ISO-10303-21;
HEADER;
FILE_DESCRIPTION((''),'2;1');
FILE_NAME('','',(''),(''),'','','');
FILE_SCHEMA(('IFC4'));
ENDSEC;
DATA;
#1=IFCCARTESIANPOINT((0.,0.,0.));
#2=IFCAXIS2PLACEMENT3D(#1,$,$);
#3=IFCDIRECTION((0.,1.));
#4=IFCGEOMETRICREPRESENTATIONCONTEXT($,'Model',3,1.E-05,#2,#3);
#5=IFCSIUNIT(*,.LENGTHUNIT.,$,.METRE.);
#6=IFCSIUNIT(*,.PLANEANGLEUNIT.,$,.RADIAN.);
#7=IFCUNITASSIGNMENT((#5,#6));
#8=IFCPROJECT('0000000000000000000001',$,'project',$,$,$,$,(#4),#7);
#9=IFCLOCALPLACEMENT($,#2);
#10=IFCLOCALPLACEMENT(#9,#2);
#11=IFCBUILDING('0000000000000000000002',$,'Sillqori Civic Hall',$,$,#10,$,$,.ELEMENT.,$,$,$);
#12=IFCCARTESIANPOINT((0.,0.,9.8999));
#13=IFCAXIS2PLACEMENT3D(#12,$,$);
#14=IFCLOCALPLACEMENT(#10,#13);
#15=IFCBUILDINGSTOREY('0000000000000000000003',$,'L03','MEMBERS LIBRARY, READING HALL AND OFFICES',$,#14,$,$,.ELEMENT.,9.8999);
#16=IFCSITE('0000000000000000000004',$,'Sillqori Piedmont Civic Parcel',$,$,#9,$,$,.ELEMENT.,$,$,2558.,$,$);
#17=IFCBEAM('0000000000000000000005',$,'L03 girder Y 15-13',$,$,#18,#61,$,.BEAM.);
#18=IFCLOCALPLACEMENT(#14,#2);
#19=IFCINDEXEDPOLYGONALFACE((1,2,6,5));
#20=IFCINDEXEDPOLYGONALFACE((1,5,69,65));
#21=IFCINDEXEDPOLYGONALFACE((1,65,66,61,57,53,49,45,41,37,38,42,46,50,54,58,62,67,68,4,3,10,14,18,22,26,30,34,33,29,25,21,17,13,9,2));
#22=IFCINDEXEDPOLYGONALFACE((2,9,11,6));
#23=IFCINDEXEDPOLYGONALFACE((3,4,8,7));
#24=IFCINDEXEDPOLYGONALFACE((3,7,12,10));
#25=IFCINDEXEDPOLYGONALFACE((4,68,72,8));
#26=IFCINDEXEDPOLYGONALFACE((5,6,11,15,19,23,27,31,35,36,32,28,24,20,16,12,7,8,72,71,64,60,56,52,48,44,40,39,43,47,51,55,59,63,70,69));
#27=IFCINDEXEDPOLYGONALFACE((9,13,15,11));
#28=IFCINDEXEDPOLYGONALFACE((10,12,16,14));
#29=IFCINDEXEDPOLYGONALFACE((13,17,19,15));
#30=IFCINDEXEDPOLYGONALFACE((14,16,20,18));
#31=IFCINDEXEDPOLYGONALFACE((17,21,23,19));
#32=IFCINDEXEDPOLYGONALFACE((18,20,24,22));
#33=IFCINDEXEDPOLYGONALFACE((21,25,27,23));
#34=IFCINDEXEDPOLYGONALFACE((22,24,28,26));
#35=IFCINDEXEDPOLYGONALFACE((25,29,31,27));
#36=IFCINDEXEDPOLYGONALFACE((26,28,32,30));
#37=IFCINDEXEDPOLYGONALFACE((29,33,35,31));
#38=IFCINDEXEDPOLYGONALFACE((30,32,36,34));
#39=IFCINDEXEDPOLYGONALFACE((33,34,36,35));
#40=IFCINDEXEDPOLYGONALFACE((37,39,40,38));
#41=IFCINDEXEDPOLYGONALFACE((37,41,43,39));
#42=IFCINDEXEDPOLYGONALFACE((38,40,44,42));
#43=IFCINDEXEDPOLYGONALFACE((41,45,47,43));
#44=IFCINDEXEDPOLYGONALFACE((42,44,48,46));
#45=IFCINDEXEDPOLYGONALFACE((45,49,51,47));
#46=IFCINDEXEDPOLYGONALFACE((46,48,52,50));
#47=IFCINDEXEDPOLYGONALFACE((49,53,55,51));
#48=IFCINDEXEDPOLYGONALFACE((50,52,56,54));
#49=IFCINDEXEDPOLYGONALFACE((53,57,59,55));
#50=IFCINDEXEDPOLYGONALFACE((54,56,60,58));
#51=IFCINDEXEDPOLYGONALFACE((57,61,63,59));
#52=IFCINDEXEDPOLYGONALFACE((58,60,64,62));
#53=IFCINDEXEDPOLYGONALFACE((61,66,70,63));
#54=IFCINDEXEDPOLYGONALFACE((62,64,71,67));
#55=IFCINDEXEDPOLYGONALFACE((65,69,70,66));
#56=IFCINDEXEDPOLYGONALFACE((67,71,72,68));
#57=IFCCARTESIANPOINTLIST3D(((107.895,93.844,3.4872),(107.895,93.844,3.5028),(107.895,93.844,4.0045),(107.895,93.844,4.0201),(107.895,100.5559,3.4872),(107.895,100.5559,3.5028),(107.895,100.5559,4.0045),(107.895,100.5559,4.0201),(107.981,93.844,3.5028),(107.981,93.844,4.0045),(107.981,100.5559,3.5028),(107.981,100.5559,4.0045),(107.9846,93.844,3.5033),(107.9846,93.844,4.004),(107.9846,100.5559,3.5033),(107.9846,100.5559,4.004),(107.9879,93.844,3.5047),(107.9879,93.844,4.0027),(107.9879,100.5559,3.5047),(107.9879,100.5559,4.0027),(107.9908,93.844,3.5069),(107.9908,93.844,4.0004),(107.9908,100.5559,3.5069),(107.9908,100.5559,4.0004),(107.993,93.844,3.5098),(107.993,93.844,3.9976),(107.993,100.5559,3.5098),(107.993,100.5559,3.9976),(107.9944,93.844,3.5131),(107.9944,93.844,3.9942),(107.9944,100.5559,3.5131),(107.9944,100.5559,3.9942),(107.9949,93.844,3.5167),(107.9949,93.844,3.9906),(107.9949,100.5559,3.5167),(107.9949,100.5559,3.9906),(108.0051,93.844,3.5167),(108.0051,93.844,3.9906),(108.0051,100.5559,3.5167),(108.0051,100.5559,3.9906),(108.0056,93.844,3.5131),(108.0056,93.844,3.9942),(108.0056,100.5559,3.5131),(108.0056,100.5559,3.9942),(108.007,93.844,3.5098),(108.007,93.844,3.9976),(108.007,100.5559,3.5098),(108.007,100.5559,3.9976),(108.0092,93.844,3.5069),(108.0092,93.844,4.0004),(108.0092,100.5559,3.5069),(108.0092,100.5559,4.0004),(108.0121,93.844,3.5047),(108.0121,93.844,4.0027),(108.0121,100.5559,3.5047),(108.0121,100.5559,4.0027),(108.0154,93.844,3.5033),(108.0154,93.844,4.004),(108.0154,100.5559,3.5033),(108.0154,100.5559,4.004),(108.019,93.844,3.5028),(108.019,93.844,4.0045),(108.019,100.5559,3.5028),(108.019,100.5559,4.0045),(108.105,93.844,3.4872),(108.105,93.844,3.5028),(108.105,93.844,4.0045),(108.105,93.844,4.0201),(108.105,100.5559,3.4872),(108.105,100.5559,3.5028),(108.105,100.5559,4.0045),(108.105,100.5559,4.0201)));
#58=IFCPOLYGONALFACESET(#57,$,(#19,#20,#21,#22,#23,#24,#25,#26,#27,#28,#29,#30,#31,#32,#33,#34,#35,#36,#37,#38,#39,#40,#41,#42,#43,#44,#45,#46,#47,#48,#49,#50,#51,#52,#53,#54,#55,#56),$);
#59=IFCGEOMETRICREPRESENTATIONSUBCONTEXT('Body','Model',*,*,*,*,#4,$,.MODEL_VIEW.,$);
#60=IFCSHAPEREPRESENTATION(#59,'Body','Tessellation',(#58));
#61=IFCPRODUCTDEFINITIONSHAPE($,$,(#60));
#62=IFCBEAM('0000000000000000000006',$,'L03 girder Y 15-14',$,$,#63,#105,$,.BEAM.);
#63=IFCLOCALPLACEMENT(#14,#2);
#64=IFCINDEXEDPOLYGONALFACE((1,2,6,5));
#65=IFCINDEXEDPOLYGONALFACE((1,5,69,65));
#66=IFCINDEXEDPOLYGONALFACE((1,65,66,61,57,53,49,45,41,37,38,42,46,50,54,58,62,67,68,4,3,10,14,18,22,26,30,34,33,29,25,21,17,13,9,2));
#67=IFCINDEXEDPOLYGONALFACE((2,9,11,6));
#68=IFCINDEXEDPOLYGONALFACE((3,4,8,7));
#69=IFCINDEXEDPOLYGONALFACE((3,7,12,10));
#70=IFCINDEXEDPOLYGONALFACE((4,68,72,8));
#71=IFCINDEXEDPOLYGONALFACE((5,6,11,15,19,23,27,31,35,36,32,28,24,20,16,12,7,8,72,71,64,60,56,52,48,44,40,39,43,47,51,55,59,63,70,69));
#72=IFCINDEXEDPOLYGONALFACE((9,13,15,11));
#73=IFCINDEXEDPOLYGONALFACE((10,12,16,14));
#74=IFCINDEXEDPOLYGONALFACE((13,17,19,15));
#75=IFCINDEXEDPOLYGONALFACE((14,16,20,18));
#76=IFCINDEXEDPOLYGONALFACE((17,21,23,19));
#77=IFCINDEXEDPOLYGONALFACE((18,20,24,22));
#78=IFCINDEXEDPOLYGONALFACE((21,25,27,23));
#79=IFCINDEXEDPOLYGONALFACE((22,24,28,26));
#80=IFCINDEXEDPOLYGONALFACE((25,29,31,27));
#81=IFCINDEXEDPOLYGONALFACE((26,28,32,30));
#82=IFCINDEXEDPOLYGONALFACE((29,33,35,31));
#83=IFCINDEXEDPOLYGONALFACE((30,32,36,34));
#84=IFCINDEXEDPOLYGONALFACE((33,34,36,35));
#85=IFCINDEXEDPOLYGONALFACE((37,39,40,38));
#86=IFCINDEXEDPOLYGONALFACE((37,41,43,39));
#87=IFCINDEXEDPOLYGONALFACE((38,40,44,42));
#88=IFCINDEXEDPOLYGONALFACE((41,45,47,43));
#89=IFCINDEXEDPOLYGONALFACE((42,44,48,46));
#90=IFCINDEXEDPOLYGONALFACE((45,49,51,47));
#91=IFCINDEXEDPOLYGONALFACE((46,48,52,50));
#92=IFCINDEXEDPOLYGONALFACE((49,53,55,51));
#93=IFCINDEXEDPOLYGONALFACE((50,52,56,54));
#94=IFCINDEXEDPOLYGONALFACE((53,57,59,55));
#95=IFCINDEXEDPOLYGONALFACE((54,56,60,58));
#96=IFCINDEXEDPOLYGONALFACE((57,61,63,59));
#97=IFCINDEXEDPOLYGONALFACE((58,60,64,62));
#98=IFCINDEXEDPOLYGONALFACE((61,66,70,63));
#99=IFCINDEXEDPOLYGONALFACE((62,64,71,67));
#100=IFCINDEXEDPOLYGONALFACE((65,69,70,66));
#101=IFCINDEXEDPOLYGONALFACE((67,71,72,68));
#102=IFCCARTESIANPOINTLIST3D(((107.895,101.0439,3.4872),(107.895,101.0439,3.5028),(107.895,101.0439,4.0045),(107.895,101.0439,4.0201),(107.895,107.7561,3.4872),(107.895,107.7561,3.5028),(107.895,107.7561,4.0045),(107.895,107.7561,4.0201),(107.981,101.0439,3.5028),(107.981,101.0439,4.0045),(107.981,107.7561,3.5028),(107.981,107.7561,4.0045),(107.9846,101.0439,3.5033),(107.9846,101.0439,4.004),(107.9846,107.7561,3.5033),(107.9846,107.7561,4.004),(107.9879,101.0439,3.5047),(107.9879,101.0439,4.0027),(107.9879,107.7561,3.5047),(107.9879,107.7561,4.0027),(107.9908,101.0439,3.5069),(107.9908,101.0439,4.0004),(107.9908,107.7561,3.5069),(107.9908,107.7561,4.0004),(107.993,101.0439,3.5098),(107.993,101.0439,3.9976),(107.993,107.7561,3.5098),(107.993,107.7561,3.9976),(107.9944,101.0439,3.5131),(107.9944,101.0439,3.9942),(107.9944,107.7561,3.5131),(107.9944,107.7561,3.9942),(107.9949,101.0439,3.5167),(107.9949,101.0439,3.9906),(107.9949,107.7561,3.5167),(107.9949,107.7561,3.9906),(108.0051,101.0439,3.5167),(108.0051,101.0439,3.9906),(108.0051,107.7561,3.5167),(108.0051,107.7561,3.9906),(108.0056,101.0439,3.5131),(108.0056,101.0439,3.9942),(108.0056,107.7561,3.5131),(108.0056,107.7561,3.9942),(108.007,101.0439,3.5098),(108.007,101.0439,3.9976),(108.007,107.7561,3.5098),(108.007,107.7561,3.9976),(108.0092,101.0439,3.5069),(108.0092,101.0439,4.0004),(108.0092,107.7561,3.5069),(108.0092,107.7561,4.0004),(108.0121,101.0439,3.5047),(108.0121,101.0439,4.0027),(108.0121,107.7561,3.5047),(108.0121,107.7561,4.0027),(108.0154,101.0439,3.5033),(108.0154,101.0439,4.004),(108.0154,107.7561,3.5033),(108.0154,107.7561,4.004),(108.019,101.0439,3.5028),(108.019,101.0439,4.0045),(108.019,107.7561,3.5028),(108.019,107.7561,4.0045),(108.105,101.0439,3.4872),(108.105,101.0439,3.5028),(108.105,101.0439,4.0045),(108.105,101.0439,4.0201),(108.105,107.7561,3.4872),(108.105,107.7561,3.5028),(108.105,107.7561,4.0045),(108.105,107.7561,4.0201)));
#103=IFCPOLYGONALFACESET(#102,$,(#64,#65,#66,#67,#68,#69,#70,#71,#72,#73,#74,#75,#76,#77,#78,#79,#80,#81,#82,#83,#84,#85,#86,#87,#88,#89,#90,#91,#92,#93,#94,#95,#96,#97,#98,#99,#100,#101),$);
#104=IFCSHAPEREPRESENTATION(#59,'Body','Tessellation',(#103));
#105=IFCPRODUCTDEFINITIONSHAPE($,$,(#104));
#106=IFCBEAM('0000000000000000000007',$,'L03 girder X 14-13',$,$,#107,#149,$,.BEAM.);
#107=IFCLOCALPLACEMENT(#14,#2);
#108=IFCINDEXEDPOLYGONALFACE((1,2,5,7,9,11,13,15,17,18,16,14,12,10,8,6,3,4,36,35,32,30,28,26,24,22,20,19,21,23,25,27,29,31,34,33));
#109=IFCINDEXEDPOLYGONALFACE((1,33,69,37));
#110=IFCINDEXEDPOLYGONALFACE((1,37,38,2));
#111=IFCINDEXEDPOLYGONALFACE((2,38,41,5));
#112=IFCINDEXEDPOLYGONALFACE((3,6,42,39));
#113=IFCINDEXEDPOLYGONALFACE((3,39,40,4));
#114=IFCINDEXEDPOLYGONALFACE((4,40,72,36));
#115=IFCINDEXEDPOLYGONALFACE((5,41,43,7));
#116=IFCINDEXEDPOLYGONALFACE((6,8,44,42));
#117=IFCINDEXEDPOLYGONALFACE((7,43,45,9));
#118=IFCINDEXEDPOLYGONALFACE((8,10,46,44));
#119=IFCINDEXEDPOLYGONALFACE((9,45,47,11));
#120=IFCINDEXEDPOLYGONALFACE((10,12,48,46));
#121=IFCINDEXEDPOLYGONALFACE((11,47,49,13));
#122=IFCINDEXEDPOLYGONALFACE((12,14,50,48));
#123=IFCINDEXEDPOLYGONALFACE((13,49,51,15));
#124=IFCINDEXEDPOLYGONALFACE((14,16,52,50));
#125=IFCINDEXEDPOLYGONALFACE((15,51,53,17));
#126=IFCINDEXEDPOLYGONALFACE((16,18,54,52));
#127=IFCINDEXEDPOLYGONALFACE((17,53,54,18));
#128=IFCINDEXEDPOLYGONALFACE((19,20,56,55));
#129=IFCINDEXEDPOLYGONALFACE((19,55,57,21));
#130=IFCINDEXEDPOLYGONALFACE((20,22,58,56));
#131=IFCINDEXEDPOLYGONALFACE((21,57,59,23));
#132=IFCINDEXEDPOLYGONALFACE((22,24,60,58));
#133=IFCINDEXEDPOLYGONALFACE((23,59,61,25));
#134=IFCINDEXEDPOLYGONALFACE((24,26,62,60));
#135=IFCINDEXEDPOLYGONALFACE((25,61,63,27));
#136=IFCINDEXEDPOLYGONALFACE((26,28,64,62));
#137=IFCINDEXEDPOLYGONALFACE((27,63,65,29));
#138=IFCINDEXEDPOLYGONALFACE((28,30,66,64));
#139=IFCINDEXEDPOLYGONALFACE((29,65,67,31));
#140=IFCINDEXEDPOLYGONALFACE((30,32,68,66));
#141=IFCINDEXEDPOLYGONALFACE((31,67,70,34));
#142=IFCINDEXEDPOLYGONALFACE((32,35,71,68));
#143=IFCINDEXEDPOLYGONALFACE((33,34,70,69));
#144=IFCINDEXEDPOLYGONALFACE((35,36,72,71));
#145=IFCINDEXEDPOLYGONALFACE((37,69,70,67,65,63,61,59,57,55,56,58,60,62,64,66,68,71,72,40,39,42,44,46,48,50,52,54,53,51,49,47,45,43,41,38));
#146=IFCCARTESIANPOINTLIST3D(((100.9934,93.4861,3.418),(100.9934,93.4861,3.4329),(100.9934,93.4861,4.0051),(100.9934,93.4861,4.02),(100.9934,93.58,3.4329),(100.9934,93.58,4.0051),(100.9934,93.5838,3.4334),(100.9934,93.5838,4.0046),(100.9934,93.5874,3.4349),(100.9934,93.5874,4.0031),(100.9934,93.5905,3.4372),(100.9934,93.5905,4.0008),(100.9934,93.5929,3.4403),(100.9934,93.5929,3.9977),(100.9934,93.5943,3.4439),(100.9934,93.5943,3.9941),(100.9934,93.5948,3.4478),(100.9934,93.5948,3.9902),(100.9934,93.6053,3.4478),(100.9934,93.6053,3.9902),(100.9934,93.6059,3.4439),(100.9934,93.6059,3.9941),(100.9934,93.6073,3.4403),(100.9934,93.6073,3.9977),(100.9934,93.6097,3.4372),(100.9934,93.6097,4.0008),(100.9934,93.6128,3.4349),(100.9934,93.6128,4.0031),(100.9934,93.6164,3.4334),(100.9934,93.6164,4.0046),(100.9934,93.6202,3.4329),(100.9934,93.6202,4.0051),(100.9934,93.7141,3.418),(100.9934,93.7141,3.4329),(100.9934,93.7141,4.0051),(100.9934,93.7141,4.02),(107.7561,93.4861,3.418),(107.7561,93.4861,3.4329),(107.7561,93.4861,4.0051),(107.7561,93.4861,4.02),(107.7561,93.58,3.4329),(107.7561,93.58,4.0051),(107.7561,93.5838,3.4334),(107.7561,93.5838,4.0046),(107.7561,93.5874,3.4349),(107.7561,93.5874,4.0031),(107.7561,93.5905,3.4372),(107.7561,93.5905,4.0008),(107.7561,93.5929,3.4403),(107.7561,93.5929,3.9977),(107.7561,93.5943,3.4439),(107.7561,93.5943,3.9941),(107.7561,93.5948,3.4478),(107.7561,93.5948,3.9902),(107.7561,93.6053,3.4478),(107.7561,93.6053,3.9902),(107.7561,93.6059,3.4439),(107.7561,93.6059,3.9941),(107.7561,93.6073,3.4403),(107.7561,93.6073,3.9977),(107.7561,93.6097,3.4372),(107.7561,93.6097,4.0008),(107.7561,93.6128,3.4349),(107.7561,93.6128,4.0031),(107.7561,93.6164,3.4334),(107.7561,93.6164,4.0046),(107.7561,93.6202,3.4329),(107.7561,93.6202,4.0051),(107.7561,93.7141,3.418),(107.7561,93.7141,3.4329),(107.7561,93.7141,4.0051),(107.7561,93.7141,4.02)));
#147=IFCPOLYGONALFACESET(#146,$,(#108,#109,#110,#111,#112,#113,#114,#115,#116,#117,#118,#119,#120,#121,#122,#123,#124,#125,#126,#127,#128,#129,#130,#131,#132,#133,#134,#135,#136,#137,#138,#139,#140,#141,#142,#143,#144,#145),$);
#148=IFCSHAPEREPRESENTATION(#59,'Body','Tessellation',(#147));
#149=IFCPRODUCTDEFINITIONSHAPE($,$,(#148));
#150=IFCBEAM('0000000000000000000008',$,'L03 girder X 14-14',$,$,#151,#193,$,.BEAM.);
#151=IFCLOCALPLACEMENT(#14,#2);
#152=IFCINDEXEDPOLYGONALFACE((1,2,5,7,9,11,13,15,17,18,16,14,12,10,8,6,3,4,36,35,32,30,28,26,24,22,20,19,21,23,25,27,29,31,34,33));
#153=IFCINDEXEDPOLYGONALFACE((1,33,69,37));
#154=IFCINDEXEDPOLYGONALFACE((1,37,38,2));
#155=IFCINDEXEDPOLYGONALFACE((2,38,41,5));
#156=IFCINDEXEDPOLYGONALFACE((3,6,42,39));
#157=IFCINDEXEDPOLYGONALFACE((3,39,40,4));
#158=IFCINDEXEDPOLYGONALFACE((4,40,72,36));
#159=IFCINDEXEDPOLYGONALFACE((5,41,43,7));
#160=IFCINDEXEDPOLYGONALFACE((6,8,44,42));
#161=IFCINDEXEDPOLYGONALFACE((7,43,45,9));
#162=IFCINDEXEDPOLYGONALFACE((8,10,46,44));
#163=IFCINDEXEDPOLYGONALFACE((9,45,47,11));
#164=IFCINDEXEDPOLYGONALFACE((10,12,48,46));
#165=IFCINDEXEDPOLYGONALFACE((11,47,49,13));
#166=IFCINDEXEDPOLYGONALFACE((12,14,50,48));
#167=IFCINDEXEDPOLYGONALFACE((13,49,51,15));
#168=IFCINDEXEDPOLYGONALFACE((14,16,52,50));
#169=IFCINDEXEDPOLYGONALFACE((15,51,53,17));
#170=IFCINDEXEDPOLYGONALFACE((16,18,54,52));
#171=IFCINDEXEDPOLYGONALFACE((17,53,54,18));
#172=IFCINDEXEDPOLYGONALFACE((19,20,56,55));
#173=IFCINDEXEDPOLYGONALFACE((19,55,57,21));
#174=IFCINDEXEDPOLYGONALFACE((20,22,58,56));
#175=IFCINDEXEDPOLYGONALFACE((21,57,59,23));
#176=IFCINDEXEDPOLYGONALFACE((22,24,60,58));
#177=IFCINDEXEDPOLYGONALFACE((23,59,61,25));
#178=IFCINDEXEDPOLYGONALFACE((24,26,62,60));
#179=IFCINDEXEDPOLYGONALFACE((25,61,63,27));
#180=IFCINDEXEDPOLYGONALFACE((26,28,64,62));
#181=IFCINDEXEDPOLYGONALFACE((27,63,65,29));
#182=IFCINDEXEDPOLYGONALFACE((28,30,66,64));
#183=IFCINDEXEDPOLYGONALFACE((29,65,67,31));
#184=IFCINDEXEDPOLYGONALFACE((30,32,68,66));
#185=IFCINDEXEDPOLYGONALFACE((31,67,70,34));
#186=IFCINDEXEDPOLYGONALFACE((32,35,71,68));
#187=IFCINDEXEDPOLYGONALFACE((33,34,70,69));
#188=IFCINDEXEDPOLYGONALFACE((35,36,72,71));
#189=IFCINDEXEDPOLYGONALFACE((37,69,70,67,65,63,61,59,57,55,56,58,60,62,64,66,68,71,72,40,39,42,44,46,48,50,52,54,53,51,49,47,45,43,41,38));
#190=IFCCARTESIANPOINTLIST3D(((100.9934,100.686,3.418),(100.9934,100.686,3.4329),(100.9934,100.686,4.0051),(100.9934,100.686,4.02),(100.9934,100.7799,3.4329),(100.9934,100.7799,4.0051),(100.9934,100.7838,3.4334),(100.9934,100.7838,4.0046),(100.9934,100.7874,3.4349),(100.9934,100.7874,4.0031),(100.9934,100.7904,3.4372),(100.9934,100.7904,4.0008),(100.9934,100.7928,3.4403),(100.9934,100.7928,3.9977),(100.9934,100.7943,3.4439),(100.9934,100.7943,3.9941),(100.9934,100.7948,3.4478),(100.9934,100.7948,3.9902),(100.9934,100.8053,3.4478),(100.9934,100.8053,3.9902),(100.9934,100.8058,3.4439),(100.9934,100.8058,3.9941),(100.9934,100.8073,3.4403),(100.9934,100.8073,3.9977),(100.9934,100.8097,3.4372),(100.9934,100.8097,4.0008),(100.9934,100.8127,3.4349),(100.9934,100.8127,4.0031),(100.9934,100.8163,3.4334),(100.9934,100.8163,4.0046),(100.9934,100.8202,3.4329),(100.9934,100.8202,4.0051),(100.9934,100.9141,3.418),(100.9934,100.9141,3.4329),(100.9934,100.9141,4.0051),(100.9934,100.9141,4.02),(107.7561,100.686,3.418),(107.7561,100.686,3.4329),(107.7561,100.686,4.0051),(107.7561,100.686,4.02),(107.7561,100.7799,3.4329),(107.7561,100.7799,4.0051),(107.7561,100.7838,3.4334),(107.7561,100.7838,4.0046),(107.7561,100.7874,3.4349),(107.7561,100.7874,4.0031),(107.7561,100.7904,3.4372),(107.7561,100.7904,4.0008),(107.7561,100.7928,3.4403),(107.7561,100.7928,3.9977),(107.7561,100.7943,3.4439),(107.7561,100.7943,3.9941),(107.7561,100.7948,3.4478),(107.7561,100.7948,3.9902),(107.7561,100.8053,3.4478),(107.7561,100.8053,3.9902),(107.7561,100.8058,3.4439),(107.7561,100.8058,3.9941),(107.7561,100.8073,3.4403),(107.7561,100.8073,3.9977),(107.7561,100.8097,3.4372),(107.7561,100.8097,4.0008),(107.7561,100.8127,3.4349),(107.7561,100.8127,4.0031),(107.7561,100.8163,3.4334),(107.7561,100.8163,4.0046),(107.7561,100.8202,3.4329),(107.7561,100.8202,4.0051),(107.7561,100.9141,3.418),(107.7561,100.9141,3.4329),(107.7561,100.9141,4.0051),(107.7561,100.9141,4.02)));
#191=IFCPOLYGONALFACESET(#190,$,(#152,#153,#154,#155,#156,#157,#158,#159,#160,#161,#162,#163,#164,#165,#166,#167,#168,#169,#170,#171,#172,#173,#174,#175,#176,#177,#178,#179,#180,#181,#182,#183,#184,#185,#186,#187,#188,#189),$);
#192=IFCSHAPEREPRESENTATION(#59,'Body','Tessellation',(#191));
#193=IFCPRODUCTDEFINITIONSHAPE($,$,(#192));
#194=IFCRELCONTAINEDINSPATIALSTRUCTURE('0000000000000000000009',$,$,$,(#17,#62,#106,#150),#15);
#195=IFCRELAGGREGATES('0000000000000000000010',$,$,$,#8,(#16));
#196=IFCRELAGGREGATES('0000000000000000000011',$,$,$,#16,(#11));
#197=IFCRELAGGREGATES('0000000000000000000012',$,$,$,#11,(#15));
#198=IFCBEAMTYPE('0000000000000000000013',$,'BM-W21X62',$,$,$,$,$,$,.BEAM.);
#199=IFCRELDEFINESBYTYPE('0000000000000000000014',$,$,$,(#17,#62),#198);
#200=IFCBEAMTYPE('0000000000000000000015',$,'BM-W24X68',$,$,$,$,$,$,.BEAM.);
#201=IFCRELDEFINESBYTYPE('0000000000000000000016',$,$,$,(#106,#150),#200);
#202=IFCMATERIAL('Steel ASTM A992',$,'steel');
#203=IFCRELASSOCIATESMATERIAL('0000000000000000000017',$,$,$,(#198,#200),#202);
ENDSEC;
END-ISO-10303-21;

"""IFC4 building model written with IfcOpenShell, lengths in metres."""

from ifc_helpers import new_model, si_unit, direction, frame, origin, origin_2d, place, context, subcontext, project, spatial, i_section, extrude, material, material_profile, profile_set, type_object, element, save


model = new_model("IFC4")

# Units and contexts
model_context = context("Model", 3, precision=1e-05, world=origin(), true_north=direction((0.0, 1.0)))
body_context = subcontext(model_context, "Body", "Model", "MODEL_VIEW")
ifc_project = project(units=[si_unit("LENGTHUNIT", "METRE"), si_unit("PLANEANGLEUNIT", "RADIAN")], contexts=[model_context])

# Site, building, storey
site_placement = place(None, origin())
site = spatial("IfcSite", under=ifc_project, at=site_placement, Name="Sillqori Piedmont Civic Parcel", CompositionType="ELEMENT", RefElevation=2558.0)
building_placement = place(site_placement, origin())
building = spatial("IfcBuilding", under=site, at=building_placement, Name="Sillqori Civic Hall", CompositionType="ELEMENT")
storey_placement = place(building_placement, frame((0.0, 0.0, 9.8999)))
storey = spatial("IfcBuildingStorey", under=building, at=storey_placement, Name="L03", Description="MEMBERS LIBRARY, READING HALL AND OFFICES", CompositionType="ELEMENT", Elevation=9.8999)

# Shared definitions
ifc_material_1 = material(Name="Steel ASTM A992", Category="steel")

# Beams
ifc_material_profile_1 = material_profile(ifc_material_1, i_section(OverallWidth=0.21, OverallDepth=0.533, WebThickness=0.0103, FlangeThickness=0.0156, FilletRadius=0.0139, at=origin_2d()), Name="W21X62")
ifc_profile_set_1 = profile_set([ifc_material_profile_1], Name="Steel ASTM A992")
beam_type_1 = type_object("IfcBeamType", Name="BM-W21X62", PredefinedType="BEAM", material=ifc_profile_set_1)
beam_1_placement = place(storey_placement, frame((108.0, 93.844, 3.7537), z_axis=(0.0, 1.0, 0.0), x_axis=(-1.0, 0.0, 0.0)))
element("IfcBeam", 1, at=beam_1_placement, inside=storey, type_object=beam_type_1, Name="L03 girder Y 15-13", PredefinedType="BEAM", context=body_context, shape_type="SweptSolid", body=[
    extrude(i_section(OverallWidth=0.21, OverallDepth=0.533, WebThickness=0.0103, FlangeThickness=0.0156, FilletRadius=0.0139, at=origin_2d()), origin(), (0.0, 0.0, 1.0), 6.7119),
])
beam_2_placement = place(storey_placement, frame((108.0, 101.0439, 3.7537), z_axis=(0.0, 1.0, 0.0), x_axis=(-1.0, 0.0, 0.0)))
element("IfcBeam", 2, at=beam_2_placement, inside=storey, type_object=beam_type_1, Name="L03 girder Y 15-14", PredefinedType="BEAM", context=body_context, shape_type="SweptSolid", body=[
    extrude(i_section(OverallWidth=0.21, OverallDepth=0.533, WebThickness=0.0103, FlangeThickness=0.0156, FilletRadius=0.0139, at=origin_2d()), origin(), (0.0, 0.0, 1.0), 6.7122),
])
ifc_material_profile_2 = material_profile(ifc_material_1, i_section(OverallWidth=0.228, OverallDepth=0.6021, WebThickness=0.0105, FlangeThickness=0.0149, FilletRadius=0.0149, at=origin_2d()), Name="W24X68")
ifc_profile_set_2 = profile_set([ifc_material_profile_2], Name="Steel ASTM A992")
beam_type_2 = type_object("IfcBeamType", Name="BM-W24X68", PredefinedType="BEAM", material=ifc_profile_set_2)
for number, where, z_axis, x_axis, name in (
    (3, (100.9934, 93.6001, 3.719), (1.0, 0.0, 0.0), (0.0, 1.0, 0.0), "L03 girder X 14-13"),
    (4, (100.9934, 100.8, 3.719), (1.0, 0.0, 0.0), (0.0, 1.0, 0.0), "L03 girder X 14-14"),
):
    element("IfcBeam", number, at=place(storey_placement, frame(where, z_axis=z_axis, x_axis=x_axis)), inside=storey, type_object=beam_type_2, Name=name, PredefinedType="BEAM", context=body_context, shape_type="SweptSolid", body=[
        extrude(i_section(OverallWidth=0.228, OverallDepth=0.6021, WebThickness=0.0105, FlangeThickness=0.0149, FilletRadius=0.0149, at=origin_2d()), origin(), (0.0, 0.0, 1.0), 6.7627),
    ])

save(model, "model.ifc")
